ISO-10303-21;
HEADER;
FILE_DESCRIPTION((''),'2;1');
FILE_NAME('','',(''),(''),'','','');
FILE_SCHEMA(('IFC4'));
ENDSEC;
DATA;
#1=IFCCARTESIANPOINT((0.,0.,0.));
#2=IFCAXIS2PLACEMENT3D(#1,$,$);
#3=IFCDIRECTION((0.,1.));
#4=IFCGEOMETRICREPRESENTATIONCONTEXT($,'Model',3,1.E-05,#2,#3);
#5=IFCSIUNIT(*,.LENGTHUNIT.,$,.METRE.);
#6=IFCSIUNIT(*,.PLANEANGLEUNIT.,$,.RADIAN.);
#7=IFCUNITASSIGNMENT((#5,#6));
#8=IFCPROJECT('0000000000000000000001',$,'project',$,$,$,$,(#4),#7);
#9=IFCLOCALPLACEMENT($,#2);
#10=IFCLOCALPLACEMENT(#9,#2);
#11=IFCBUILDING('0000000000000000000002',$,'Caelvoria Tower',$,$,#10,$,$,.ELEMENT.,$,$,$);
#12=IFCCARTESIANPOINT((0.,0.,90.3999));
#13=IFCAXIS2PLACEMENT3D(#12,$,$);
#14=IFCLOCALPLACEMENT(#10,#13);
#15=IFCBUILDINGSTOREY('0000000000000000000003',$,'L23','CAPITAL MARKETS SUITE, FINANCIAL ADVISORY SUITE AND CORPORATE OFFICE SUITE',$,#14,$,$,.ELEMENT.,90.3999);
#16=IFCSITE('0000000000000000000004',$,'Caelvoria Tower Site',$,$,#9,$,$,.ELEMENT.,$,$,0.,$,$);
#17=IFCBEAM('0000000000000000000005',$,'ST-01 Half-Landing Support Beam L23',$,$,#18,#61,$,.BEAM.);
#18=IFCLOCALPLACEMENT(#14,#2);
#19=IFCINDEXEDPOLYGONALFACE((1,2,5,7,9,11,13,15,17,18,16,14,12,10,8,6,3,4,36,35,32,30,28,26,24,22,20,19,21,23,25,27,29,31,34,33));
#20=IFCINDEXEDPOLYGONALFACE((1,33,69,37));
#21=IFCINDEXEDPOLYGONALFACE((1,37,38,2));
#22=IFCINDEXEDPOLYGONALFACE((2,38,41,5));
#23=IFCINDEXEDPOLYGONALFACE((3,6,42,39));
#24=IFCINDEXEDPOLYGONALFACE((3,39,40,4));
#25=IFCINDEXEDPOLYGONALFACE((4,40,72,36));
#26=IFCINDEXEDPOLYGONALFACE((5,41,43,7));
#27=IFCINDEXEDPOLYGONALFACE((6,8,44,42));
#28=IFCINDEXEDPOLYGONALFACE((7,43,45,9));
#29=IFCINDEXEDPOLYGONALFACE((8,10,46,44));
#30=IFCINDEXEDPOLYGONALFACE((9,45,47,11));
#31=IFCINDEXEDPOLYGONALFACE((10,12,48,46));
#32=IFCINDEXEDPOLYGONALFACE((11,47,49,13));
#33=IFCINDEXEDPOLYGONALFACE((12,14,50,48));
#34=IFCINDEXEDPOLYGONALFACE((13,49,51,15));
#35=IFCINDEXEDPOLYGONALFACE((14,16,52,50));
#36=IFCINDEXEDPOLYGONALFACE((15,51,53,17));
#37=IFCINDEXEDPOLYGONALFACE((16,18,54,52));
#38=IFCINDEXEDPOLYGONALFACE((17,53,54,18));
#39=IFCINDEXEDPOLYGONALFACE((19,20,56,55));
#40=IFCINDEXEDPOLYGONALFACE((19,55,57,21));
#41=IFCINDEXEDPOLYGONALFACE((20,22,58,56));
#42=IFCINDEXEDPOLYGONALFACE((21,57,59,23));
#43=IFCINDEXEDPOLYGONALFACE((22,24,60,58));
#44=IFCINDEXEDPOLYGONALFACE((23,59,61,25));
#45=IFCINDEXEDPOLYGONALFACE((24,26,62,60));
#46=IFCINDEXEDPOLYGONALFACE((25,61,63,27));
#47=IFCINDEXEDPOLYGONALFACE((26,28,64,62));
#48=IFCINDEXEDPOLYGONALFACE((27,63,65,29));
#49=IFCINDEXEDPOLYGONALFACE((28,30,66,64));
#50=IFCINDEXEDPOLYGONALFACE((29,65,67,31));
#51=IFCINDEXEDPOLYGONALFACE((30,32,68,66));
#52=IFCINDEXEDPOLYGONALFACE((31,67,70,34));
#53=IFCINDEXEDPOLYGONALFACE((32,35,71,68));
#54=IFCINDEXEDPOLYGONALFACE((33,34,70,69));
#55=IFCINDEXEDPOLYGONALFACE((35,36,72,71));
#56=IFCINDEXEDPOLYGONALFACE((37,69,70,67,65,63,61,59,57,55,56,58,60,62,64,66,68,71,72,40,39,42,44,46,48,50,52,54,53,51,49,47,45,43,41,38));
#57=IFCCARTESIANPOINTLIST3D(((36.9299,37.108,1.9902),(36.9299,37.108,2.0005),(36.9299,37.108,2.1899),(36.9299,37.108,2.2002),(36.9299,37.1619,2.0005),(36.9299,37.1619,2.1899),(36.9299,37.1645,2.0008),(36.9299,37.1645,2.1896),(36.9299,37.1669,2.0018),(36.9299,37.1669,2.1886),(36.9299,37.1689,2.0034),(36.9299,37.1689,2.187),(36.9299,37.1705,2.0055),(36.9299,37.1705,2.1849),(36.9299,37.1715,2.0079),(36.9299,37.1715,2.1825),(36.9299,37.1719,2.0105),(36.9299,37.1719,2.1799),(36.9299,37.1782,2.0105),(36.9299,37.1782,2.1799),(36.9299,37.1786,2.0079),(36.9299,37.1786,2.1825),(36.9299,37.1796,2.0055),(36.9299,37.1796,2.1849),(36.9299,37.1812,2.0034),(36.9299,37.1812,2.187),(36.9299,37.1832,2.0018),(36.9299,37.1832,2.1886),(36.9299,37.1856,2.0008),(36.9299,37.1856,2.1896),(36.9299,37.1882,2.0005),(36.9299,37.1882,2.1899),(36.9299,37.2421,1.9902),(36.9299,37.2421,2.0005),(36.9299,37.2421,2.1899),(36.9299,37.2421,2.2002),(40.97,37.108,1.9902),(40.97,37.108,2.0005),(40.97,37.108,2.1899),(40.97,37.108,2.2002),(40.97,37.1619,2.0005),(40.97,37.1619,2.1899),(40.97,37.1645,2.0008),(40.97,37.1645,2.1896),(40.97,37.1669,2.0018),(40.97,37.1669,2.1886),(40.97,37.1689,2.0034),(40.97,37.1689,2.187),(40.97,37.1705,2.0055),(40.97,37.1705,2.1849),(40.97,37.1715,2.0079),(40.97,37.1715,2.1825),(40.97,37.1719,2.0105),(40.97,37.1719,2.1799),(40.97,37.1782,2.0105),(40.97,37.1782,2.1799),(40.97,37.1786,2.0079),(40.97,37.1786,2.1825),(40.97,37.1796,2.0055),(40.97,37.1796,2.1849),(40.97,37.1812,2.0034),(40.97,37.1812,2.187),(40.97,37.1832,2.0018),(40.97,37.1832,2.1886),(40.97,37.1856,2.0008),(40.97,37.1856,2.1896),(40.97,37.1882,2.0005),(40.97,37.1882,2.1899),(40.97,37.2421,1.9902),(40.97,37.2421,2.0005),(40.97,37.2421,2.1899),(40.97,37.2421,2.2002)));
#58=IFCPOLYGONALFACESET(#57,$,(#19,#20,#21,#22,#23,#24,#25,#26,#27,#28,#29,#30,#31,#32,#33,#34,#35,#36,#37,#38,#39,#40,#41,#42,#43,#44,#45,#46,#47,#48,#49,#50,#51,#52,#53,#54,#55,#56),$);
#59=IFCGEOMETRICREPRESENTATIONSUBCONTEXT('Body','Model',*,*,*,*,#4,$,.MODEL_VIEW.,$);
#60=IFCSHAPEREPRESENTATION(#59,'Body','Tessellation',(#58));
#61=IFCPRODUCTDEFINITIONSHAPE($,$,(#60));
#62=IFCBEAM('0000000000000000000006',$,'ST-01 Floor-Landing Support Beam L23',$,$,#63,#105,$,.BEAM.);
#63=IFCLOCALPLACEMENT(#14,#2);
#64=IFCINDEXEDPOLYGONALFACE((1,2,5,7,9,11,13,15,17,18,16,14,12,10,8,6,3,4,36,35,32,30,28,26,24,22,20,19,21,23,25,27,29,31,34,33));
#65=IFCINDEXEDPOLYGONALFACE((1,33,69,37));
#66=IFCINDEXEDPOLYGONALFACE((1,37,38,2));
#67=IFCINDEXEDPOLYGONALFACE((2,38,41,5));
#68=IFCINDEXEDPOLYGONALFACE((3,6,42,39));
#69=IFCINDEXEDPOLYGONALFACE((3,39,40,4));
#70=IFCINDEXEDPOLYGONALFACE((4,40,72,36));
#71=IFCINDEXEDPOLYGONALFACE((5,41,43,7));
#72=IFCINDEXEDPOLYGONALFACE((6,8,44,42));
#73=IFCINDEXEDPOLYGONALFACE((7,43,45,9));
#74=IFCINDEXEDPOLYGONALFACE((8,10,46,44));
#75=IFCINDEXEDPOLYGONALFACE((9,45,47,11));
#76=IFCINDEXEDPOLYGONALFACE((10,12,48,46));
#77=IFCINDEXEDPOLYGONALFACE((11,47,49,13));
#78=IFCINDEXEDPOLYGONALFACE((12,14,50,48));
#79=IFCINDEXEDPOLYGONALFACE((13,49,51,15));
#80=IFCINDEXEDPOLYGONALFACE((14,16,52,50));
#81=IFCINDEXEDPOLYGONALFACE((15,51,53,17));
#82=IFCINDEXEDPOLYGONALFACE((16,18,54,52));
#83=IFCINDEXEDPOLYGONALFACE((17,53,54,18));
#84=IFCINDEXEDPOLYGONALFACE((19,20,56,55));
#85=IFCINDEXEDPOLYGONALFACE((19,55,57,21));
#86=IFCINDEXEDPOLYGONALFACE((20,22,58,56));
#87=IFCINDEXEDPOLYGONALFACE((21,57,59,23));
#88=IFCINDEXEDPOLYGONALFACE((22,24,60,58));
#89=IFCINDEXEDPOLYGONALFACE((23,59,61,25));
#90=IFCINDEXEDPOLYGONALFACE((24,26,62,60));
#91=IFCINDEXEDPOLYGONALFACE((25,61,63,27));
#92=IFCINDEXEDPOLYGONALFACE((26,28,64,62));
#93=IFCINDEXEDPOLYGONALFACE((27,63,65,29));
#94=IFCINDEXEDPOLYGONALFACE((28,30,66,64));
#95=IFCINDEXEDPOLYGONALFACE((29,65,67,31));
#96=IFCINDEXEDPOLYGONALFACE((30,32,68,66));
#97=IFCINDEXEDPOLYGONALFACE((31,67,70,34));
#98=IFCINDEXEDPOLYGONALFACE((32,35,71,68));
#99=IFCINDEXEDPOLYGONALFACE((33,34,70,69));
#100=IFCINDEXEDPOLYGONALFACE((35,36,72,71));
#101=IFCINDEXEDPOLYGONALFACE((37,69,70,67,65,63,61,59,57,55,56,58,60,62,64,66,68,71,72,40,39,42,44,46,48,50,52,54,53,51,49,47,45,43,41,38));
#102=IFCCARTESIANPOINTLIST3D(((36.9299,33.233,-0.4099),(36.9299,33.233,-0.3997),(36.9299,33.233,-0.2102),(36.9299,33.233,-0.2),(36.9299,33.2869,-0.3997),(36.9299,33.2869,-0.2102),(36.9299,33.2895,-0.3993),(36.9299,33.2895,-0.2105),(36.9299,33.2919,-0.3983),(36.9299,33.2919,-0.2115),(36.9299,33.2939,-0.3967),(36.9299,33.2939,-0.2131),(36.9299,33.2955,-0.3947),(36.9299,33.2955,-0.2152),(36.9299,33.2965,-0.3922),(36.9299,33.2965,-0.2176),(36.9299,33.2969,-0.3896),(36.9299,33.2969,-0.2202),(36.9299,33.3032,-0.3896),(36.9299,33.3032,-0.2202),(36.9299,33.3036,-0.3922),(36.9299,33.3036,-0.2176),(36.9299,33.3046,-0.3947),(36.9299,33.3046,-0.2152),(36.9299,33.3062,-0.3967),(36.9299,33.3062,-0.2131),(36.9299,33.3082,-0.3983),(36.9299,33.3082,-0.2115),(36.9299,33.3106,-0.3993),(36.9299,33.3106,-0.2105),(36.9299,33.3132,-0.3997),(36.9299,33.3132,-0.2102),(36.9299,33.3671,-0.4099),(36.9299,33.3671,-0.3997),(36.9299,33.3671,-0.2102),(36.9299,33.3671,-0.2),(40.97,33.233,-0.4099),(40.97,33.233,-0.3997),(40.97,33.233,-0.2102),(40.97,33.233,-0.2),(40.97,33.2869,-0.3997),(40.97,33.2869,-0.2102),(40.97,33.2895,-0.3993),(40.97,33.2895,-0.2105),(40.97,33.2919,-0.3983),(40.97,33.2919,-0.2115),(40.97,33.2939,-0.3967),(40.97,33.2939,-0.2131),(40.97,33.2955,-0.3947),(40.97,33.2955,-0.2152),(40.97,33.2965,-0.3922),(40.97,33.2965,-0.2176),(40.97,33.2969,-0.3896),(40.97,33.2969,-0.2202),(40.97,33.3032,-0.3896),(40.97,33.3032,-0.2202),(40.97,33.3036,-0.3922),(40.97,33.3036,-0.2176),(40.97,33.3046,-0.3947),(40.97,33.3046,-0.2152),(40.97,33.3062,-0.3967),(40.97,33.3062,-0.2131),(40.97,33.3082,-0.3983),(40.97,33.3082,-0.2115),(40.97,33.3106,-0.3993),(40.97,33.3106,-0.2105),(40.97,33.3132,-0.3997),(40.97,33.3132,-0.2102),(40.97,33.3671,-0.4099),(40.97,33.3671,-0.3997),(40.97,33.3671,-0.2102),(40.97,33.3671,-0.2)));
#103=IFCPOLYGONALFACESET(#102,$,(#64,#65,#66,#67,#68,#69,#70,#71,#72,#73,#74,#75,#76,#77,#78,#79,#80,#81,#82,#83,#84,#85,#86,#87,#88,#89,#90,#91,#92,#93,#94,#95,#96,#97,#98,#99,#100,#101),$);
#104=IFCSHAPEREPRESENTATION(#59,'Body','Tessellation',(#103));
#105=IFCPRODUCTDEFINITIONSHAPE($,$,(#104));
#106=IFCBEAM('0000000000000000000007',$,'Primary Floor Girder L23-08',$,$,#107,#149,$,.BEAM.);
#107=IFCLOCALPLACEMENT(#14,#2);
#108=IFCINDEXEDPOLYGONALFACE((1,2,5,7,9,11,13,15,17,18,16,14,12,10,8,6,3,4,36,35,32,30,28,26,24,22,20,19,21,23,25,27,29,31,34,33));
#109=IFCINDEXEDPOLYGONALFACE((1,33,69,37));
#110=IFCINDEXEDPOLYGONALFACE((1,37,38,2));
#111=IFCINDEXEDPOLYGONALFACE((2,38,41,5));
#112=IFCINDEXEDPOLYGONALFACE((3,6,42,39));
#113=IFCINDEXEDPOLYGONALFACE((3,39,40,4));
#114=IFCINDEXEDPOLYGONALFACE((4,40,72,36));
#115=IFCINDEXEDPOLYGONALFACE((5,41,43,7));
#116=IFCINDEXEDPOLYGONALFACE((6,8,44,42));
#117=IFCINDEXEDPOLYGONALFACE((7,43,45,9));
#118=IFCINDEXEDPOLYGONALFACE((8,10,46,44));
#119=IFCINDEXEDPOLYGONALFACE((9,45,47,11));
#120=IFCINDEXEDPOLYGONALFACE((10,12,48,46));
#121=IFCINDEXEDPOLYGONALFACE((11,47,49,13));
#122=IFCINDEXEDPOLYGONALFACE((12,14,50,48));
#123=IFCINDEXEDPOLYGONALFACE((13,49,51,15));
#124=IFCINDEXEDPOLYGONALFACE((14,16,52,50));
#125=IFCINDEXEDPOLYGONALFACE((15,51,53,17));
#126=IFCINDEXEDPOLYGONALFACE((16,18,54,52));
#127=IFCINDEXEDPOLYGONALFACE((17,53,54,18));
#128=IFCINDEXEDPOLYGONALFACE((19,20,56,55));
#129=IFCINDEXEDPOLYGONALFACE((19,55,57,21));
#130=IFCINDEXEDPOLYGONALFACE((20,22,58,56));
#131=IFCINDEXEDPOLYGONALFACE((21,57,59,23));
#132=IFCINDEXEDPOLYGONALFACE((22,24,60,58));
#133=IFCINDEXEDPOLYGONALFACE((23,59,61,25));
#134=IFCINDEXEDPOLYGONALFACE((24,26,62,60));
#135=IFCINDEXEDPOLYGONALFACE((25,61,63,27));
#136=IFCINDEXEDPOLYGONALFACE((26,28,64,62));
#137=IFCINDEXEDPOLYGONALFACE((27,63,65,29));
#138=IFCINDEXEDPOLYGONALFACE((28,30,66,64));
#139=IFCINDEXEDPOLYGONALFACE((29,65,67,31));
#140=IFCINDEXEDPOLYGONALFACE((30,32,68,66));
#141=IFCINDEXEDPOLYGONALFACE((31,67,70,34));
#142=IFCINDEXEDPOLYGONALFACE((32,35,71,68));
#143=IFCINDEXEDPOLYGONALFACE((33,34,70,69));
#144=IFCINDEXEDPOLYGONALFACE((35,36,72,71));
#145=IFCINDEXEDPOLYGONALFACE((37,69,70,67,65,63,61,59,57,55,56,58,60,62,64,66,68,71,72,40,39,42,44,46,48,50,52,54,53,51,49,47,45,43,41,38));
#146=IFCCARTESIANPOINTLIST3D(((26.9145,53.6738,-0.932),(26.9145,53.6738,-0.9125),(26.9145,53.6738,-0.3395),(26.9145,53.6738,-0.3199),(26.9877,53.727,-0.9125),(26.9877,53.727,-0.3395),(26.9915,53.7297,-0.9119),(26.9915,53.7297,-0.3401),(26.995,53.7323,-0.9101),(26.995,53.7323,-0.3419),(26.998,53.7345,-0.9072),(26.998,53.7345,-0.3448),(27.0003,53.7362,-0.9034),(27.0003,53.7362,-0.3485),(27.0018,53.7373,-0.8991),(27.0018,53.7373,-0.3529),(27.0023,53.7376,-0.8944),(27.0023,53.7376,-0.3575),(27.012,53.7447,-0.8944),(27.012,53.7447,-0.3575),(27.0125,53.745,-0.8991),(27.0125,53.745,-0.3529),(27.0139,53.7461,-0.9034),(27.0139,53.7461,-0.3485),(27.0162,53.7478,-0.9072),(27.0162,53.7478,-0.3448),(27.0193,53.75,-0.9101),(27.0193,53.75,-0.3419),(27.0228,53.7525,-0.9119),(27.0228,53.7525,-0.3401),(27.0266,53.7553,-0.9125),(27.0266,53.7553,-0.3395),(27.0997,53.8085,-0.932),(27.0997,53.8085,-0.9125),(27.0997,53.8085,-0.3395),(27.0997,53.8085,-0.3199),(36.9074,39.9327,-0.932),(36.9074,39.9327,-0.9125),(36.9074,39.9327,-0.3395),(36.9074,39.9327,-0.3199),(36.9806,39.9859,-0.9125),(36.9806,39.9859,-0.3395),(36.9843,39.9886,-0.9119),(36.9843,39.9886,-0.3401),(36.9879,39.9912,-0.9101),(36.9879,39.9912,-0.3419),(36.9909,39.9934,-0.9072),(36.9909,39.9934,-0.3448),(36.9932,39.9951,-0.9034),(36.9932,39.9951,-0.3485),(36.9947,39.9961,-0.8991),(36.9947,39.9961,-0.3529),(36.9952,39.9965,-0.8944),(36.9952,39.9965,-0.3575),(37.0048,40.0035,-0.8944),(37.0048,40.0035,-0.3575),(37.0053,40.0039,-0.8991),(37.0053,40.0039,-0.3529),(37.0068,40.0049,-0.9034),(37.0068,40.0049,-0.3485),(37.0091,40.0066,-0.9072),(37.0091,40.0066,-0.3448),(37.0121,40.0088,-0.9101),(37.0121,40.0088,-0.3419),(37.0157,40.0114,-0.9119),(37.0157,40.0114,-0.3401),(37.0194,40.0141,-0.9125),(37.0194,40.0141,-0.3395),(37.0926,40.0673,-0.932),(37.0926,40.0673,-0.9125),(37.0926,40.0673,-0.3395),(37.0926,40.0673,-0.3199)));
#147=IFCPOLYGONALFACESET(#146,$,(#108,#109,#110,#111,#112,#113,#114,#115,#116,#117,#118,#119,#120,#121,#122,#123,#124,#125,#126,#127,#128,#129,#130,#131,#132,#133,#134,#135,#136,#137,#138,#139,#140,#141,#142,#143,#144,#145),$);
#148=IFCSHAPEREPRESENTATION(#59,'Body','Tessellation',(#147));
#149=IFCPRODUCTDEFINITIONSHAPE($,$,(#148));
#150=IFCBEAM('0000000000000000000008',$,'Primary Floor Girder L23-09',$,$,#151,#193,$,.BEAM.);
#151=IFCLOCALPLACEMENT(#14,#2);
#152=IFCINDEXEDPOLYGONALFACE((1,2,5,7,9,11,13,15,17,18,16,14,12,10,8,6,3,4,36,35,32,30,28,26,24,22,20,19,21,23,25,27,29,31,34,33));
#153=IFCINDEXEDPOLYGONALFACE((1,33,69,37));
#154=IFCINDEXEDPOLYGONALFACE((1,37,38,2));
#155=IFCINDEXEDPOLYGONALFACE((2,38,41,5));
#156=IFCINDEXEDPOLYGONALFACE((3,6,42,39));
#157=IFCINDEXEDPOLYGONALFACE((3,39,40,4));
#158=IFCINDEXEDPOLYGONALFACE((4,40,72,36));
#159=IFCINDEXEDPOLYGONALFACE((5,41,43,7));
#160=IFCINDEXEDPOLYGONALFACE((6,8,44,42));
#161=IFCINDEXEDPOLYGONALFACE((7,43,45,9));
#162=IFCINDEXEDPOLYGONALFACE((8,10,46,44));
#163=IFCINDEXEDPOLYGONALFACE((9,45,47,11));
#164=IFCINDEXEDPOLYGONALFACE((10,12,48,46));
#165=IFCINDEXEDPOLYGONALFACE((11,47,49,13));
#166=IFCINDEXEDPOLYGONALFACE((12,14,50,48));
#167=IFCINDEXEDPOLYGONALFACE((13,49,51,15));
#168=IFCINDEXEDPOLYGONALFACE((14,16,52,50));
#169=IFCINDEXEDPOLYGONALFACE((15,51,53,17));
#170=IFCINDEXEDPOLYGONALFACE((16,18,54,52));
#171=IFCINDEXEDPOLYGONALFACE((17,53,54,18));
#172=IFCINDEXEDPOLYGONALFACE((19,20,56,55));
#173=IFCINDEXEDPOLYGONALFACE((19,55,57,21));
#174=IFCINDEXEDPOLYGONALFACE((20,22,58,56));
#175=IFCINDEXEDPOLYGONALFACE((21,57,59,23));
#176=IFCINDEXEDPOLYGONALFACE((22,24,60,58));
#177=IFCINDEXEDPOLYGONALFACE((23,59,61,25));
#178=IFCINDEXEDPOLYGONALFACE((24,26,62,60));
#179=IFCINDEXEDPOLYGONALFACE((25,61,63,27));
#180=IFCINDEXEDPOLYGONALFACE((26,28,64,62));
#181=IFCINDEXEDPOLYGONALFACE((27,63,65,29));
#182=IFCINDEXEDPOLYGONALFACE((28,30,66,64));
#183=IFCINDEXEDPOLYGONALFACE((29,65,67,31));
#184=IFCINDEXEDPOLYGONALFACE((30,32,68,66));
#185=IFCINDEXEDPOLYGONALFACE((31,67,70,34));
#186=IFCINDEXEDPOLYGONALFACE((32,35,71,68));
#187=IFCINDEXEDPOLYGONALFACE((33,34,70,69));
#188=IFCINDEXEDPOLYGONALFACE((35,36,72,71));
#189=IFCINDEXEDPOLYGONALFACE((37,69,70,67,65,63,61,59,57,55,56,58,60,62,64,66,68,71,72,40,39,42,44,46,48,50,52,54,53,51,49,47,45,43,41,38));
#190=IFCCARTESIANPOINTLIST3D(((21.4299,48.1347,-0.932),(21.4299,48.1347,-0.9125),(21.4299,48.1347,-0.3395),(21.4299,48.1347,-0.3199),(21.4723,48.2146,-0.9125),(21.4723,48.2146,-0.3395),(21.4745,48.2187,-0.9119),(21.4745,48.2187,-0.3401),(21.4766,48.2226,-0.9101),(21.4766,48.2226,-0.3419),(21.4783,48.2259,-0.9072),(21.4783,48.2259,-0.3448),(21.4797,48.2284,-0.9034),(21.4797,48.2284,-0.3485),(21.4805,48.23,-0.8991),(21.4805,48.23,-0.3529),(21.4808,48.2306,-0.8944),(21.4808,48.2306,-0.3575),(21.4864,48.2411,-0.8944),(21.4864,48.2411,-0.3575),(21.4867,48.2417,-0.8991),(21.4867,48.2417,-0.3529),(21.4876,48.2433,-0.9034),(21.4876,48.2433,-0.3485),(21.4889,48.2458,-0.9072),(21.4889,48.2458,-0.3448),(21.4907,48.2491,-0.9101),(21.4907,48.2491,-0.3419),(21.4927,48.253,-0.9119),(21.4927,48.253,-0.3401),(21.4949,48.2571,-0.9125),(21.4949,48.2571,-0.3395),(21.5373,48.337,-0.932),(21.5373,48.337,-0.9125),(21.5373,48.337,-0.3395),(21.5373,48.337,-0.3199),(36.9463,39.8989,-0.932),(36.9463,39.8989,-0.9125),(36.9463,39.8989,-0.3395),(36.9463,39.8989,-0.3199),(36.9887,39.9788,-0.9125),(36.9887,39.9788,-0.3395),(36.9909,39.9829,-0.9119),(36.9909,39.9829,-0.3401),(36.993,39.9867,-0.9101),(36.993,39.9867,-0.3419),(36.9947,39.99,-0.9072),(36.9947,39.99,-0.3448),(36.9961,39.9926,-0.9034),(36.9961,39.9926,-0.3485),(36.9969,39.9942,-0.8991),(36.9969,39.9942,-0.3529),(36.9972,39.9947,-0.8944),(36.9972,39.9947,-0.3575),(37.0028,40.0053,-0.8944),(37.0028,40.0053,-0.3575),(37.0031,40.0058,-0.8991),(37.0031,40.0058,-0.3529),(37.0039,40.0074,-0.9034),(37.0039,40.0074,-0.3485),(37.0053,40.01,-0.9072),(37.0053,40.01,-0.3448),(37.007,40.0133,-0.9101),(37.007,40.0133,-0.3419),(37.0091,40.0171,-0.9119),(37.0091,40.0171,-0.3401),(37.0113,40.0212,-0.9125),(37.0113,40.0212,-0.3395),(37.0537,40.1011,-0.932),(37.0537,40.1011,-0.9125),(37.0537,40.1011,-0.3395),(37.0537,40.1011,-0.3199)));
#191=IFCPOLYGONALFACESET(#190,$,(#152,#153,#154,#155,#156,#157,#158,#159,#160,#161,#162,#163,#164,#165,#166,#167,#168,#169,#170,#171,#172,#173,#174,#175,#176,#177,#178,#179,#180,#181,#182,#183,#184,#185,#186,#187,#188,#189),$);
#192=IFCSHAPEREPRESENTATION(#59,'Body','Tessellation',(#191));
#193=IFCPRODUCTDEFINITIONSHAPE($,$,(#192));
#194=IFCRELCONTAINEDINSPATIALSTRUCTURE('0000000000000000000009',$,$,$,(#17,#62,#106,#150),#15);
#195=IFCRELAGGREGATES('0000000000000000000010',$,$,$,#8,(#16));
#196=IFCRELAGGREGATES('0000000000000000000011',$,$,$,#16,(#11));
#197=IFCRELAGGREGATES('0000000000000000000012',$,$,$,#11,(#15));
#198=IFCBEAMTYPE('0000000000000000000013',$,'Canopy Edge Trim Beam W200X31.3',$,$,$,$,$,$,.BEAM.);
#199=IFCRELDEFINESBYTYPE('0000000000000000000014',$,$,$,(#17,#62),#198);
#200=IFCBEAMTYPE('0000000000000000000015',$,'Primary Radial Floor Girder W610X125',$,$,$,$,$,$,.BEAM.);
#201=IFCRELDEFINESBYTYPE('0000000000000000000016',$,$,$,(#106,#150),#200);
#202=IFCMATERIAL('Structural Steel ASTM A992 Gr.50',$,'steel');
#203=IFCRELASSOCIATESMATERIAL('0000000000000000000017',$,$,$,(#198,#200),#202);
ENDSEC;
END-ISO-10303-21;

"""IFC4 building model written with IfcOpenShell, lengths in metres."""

from ifc_helpers import new_model, si_unit, direction, frame, origin, origin_2d, place, context, subcontext, project, spatial, i_section, extrude, material, material_profile, profile_set, type_object, element, save


model = new_model("IFC4")

# Units and contexts
model_context = context("Model", 3, precision=1e-05, world=origin(), true_north=direction((0.0, 1.0)))
body_context = subcontext(model_context, "Body", "Model", "MODEL_VIEW")
ifc_project = project(units=[si_unit("LENGTHUNIT", "METRE"), si_unit("PLANEANGLEUNIT", "RADIAN")], contexts=[model_context])

# Site, building, storey
site_placement = place(None, origin())
site = spatial("IfcSite", under=ifc_project, at=site_placement, Name="Caelvoria Tower Site", CompositionType="ELEMENT", RefElevation=0.0)
building_placement = place(site_placement, origin())
building = spatial("IfcBuilding", under=site, at=building_placement, Name="Caelvoria Tower", CompositionType="ELEMENT")
storey_placement = place(building_placement, frame((0.0, 0.0, 90.3999)))
storey = spatial("IfcBuildingStorey", under=building, at=storey_placement, Name="L23", Description="CAPITAL MARKETS SUITE, FINANCIAL ADVISORY SUITE AND CORPORATE OFFICE SUITE", CompositionType="ELEMENT", Elevation=90.3999)

# Beams
ifc_material_1 = material(Name="Structural Steel ASTM A992 Gr.50", Category="steel")
ifc_material_profile_1 = material_profile(ifc_material_1, i_section(OverallWidth=0.134, OverallDepth=0.21, WebThickness=0.0063, FlangeThickness=0.0103, FilletRadius=0.01, at=origin_2d()), Name="Structural Steel ASTM A992 Gr.50")
ifc_profile_set_1 = profile_set([ifc_material_profile_1], Name="W200X31.3 - Structural Steel ASTM A992 Gr.50")
beam_type_1 = type_object("IfcBeamType", Name="Canopy Edge Trim Beam W200X31.3", PredefinedType="BEAM", material=ifc_profile_set_1)
for number, where, z_axis, x_axis, name in (
    (1, (36.9299, 37.175, 2.0952), (1.0, 0.0, 0.0), (0.0, 1.0, 0.0), "ST-01 Half-Landing Support Beam L23"),
    (2, (36.9299, 33.3, -0.3049), (1.0, 0.0, 0.0), (0.0, 1.0, 0.0), "ST-01 Floor-Landing Support Beam L23"),
):
    element("IfcBeam", number, at=place(storey_placement, frame(where, z_axis=z_axis, x_axis=x_axis)), inside=storey, type_object=beam_type_1, Name=name, PredefinedType="BEAM", context=body_context, shape_type="SweptSolid", body=[
        extrude(i_section(OverallWidth=0.134, OverallDepth=0.21, WebThickness=0.0063, FlangeThickness=0.0103, FilletRadius=0.01, at=origin_2d()), origin(), (0.0, 0.0, 1.0), 4.04),
    ])
ifc_material_profile_2 = material_profile(ifc_material_1, i_section(OverallWidth=0.229, OverallDepth=0.6121, WebThickness=0.012, FlangeThickness=0.0195, FilletRadius=0.0181, at=origin_2d()), Name="Structural Steel ASTM A992 Gr.50")
ifc_profile_set_2 = profile_set([ifc_material_profile_2], Name="W610X125 - Structural Steel ASTM A992 Gr.50")
beam_type_2 = type_object("IfcBeamType", Name="Primary Radial Floor Girder W610X125", PredefinedType="BEAM", material=ifc_profile_set_2)
beam_1_placement = place(storey_placement, frame((37.0, 40.0, -0.626), z_axis=(-0.588145, 0.808755, 0.0), x_axis=(-0.808755, -0.588145, 0.0)))
element("IfcBeam", 3, at=beam_1_placement, inside=storey, type_object=beam_type_2, Name="Primary Floor Girder L23-08", PredefinedType="BEAM", context=body_context, shape_type="SweptSolid", body=[
    extrude(i_section(OverallWidth=0.229, OverallDepth=0.6121, WebThickness=0.012, FlangeThickness=0.0195, FilletRadius=0.0181, at=origin_2d()), origin(), (0.0, 0.0, 1.0), 16.9905),
])
beam_2_placement = place(storey_placement, frame((37.0, 40.0, -0.626), z_axis=(-0.883286, 0.468834, 0.0), x_axis=(-0.468834, -0.883286, 0.0)))
element("IfcBeam", 4, at=beam_2_placement, inside=storey, type_object=beam_type_2, Name="Primary Floor Girder L23-09", PredefinedType="BEAM", context=body_context, shape_type="SweptSolid", body=[
    extrude(i_section(OverallWidth=0.229, OverallDepth=0.6121, WebThickness=0.012, FlangeThickness=0.0195, FilletRadius=0.0181, at=origin_2d()), origin(), (0.0, 0.0, 1.0), 17.5667),
])

save(model, "model.ifc")
